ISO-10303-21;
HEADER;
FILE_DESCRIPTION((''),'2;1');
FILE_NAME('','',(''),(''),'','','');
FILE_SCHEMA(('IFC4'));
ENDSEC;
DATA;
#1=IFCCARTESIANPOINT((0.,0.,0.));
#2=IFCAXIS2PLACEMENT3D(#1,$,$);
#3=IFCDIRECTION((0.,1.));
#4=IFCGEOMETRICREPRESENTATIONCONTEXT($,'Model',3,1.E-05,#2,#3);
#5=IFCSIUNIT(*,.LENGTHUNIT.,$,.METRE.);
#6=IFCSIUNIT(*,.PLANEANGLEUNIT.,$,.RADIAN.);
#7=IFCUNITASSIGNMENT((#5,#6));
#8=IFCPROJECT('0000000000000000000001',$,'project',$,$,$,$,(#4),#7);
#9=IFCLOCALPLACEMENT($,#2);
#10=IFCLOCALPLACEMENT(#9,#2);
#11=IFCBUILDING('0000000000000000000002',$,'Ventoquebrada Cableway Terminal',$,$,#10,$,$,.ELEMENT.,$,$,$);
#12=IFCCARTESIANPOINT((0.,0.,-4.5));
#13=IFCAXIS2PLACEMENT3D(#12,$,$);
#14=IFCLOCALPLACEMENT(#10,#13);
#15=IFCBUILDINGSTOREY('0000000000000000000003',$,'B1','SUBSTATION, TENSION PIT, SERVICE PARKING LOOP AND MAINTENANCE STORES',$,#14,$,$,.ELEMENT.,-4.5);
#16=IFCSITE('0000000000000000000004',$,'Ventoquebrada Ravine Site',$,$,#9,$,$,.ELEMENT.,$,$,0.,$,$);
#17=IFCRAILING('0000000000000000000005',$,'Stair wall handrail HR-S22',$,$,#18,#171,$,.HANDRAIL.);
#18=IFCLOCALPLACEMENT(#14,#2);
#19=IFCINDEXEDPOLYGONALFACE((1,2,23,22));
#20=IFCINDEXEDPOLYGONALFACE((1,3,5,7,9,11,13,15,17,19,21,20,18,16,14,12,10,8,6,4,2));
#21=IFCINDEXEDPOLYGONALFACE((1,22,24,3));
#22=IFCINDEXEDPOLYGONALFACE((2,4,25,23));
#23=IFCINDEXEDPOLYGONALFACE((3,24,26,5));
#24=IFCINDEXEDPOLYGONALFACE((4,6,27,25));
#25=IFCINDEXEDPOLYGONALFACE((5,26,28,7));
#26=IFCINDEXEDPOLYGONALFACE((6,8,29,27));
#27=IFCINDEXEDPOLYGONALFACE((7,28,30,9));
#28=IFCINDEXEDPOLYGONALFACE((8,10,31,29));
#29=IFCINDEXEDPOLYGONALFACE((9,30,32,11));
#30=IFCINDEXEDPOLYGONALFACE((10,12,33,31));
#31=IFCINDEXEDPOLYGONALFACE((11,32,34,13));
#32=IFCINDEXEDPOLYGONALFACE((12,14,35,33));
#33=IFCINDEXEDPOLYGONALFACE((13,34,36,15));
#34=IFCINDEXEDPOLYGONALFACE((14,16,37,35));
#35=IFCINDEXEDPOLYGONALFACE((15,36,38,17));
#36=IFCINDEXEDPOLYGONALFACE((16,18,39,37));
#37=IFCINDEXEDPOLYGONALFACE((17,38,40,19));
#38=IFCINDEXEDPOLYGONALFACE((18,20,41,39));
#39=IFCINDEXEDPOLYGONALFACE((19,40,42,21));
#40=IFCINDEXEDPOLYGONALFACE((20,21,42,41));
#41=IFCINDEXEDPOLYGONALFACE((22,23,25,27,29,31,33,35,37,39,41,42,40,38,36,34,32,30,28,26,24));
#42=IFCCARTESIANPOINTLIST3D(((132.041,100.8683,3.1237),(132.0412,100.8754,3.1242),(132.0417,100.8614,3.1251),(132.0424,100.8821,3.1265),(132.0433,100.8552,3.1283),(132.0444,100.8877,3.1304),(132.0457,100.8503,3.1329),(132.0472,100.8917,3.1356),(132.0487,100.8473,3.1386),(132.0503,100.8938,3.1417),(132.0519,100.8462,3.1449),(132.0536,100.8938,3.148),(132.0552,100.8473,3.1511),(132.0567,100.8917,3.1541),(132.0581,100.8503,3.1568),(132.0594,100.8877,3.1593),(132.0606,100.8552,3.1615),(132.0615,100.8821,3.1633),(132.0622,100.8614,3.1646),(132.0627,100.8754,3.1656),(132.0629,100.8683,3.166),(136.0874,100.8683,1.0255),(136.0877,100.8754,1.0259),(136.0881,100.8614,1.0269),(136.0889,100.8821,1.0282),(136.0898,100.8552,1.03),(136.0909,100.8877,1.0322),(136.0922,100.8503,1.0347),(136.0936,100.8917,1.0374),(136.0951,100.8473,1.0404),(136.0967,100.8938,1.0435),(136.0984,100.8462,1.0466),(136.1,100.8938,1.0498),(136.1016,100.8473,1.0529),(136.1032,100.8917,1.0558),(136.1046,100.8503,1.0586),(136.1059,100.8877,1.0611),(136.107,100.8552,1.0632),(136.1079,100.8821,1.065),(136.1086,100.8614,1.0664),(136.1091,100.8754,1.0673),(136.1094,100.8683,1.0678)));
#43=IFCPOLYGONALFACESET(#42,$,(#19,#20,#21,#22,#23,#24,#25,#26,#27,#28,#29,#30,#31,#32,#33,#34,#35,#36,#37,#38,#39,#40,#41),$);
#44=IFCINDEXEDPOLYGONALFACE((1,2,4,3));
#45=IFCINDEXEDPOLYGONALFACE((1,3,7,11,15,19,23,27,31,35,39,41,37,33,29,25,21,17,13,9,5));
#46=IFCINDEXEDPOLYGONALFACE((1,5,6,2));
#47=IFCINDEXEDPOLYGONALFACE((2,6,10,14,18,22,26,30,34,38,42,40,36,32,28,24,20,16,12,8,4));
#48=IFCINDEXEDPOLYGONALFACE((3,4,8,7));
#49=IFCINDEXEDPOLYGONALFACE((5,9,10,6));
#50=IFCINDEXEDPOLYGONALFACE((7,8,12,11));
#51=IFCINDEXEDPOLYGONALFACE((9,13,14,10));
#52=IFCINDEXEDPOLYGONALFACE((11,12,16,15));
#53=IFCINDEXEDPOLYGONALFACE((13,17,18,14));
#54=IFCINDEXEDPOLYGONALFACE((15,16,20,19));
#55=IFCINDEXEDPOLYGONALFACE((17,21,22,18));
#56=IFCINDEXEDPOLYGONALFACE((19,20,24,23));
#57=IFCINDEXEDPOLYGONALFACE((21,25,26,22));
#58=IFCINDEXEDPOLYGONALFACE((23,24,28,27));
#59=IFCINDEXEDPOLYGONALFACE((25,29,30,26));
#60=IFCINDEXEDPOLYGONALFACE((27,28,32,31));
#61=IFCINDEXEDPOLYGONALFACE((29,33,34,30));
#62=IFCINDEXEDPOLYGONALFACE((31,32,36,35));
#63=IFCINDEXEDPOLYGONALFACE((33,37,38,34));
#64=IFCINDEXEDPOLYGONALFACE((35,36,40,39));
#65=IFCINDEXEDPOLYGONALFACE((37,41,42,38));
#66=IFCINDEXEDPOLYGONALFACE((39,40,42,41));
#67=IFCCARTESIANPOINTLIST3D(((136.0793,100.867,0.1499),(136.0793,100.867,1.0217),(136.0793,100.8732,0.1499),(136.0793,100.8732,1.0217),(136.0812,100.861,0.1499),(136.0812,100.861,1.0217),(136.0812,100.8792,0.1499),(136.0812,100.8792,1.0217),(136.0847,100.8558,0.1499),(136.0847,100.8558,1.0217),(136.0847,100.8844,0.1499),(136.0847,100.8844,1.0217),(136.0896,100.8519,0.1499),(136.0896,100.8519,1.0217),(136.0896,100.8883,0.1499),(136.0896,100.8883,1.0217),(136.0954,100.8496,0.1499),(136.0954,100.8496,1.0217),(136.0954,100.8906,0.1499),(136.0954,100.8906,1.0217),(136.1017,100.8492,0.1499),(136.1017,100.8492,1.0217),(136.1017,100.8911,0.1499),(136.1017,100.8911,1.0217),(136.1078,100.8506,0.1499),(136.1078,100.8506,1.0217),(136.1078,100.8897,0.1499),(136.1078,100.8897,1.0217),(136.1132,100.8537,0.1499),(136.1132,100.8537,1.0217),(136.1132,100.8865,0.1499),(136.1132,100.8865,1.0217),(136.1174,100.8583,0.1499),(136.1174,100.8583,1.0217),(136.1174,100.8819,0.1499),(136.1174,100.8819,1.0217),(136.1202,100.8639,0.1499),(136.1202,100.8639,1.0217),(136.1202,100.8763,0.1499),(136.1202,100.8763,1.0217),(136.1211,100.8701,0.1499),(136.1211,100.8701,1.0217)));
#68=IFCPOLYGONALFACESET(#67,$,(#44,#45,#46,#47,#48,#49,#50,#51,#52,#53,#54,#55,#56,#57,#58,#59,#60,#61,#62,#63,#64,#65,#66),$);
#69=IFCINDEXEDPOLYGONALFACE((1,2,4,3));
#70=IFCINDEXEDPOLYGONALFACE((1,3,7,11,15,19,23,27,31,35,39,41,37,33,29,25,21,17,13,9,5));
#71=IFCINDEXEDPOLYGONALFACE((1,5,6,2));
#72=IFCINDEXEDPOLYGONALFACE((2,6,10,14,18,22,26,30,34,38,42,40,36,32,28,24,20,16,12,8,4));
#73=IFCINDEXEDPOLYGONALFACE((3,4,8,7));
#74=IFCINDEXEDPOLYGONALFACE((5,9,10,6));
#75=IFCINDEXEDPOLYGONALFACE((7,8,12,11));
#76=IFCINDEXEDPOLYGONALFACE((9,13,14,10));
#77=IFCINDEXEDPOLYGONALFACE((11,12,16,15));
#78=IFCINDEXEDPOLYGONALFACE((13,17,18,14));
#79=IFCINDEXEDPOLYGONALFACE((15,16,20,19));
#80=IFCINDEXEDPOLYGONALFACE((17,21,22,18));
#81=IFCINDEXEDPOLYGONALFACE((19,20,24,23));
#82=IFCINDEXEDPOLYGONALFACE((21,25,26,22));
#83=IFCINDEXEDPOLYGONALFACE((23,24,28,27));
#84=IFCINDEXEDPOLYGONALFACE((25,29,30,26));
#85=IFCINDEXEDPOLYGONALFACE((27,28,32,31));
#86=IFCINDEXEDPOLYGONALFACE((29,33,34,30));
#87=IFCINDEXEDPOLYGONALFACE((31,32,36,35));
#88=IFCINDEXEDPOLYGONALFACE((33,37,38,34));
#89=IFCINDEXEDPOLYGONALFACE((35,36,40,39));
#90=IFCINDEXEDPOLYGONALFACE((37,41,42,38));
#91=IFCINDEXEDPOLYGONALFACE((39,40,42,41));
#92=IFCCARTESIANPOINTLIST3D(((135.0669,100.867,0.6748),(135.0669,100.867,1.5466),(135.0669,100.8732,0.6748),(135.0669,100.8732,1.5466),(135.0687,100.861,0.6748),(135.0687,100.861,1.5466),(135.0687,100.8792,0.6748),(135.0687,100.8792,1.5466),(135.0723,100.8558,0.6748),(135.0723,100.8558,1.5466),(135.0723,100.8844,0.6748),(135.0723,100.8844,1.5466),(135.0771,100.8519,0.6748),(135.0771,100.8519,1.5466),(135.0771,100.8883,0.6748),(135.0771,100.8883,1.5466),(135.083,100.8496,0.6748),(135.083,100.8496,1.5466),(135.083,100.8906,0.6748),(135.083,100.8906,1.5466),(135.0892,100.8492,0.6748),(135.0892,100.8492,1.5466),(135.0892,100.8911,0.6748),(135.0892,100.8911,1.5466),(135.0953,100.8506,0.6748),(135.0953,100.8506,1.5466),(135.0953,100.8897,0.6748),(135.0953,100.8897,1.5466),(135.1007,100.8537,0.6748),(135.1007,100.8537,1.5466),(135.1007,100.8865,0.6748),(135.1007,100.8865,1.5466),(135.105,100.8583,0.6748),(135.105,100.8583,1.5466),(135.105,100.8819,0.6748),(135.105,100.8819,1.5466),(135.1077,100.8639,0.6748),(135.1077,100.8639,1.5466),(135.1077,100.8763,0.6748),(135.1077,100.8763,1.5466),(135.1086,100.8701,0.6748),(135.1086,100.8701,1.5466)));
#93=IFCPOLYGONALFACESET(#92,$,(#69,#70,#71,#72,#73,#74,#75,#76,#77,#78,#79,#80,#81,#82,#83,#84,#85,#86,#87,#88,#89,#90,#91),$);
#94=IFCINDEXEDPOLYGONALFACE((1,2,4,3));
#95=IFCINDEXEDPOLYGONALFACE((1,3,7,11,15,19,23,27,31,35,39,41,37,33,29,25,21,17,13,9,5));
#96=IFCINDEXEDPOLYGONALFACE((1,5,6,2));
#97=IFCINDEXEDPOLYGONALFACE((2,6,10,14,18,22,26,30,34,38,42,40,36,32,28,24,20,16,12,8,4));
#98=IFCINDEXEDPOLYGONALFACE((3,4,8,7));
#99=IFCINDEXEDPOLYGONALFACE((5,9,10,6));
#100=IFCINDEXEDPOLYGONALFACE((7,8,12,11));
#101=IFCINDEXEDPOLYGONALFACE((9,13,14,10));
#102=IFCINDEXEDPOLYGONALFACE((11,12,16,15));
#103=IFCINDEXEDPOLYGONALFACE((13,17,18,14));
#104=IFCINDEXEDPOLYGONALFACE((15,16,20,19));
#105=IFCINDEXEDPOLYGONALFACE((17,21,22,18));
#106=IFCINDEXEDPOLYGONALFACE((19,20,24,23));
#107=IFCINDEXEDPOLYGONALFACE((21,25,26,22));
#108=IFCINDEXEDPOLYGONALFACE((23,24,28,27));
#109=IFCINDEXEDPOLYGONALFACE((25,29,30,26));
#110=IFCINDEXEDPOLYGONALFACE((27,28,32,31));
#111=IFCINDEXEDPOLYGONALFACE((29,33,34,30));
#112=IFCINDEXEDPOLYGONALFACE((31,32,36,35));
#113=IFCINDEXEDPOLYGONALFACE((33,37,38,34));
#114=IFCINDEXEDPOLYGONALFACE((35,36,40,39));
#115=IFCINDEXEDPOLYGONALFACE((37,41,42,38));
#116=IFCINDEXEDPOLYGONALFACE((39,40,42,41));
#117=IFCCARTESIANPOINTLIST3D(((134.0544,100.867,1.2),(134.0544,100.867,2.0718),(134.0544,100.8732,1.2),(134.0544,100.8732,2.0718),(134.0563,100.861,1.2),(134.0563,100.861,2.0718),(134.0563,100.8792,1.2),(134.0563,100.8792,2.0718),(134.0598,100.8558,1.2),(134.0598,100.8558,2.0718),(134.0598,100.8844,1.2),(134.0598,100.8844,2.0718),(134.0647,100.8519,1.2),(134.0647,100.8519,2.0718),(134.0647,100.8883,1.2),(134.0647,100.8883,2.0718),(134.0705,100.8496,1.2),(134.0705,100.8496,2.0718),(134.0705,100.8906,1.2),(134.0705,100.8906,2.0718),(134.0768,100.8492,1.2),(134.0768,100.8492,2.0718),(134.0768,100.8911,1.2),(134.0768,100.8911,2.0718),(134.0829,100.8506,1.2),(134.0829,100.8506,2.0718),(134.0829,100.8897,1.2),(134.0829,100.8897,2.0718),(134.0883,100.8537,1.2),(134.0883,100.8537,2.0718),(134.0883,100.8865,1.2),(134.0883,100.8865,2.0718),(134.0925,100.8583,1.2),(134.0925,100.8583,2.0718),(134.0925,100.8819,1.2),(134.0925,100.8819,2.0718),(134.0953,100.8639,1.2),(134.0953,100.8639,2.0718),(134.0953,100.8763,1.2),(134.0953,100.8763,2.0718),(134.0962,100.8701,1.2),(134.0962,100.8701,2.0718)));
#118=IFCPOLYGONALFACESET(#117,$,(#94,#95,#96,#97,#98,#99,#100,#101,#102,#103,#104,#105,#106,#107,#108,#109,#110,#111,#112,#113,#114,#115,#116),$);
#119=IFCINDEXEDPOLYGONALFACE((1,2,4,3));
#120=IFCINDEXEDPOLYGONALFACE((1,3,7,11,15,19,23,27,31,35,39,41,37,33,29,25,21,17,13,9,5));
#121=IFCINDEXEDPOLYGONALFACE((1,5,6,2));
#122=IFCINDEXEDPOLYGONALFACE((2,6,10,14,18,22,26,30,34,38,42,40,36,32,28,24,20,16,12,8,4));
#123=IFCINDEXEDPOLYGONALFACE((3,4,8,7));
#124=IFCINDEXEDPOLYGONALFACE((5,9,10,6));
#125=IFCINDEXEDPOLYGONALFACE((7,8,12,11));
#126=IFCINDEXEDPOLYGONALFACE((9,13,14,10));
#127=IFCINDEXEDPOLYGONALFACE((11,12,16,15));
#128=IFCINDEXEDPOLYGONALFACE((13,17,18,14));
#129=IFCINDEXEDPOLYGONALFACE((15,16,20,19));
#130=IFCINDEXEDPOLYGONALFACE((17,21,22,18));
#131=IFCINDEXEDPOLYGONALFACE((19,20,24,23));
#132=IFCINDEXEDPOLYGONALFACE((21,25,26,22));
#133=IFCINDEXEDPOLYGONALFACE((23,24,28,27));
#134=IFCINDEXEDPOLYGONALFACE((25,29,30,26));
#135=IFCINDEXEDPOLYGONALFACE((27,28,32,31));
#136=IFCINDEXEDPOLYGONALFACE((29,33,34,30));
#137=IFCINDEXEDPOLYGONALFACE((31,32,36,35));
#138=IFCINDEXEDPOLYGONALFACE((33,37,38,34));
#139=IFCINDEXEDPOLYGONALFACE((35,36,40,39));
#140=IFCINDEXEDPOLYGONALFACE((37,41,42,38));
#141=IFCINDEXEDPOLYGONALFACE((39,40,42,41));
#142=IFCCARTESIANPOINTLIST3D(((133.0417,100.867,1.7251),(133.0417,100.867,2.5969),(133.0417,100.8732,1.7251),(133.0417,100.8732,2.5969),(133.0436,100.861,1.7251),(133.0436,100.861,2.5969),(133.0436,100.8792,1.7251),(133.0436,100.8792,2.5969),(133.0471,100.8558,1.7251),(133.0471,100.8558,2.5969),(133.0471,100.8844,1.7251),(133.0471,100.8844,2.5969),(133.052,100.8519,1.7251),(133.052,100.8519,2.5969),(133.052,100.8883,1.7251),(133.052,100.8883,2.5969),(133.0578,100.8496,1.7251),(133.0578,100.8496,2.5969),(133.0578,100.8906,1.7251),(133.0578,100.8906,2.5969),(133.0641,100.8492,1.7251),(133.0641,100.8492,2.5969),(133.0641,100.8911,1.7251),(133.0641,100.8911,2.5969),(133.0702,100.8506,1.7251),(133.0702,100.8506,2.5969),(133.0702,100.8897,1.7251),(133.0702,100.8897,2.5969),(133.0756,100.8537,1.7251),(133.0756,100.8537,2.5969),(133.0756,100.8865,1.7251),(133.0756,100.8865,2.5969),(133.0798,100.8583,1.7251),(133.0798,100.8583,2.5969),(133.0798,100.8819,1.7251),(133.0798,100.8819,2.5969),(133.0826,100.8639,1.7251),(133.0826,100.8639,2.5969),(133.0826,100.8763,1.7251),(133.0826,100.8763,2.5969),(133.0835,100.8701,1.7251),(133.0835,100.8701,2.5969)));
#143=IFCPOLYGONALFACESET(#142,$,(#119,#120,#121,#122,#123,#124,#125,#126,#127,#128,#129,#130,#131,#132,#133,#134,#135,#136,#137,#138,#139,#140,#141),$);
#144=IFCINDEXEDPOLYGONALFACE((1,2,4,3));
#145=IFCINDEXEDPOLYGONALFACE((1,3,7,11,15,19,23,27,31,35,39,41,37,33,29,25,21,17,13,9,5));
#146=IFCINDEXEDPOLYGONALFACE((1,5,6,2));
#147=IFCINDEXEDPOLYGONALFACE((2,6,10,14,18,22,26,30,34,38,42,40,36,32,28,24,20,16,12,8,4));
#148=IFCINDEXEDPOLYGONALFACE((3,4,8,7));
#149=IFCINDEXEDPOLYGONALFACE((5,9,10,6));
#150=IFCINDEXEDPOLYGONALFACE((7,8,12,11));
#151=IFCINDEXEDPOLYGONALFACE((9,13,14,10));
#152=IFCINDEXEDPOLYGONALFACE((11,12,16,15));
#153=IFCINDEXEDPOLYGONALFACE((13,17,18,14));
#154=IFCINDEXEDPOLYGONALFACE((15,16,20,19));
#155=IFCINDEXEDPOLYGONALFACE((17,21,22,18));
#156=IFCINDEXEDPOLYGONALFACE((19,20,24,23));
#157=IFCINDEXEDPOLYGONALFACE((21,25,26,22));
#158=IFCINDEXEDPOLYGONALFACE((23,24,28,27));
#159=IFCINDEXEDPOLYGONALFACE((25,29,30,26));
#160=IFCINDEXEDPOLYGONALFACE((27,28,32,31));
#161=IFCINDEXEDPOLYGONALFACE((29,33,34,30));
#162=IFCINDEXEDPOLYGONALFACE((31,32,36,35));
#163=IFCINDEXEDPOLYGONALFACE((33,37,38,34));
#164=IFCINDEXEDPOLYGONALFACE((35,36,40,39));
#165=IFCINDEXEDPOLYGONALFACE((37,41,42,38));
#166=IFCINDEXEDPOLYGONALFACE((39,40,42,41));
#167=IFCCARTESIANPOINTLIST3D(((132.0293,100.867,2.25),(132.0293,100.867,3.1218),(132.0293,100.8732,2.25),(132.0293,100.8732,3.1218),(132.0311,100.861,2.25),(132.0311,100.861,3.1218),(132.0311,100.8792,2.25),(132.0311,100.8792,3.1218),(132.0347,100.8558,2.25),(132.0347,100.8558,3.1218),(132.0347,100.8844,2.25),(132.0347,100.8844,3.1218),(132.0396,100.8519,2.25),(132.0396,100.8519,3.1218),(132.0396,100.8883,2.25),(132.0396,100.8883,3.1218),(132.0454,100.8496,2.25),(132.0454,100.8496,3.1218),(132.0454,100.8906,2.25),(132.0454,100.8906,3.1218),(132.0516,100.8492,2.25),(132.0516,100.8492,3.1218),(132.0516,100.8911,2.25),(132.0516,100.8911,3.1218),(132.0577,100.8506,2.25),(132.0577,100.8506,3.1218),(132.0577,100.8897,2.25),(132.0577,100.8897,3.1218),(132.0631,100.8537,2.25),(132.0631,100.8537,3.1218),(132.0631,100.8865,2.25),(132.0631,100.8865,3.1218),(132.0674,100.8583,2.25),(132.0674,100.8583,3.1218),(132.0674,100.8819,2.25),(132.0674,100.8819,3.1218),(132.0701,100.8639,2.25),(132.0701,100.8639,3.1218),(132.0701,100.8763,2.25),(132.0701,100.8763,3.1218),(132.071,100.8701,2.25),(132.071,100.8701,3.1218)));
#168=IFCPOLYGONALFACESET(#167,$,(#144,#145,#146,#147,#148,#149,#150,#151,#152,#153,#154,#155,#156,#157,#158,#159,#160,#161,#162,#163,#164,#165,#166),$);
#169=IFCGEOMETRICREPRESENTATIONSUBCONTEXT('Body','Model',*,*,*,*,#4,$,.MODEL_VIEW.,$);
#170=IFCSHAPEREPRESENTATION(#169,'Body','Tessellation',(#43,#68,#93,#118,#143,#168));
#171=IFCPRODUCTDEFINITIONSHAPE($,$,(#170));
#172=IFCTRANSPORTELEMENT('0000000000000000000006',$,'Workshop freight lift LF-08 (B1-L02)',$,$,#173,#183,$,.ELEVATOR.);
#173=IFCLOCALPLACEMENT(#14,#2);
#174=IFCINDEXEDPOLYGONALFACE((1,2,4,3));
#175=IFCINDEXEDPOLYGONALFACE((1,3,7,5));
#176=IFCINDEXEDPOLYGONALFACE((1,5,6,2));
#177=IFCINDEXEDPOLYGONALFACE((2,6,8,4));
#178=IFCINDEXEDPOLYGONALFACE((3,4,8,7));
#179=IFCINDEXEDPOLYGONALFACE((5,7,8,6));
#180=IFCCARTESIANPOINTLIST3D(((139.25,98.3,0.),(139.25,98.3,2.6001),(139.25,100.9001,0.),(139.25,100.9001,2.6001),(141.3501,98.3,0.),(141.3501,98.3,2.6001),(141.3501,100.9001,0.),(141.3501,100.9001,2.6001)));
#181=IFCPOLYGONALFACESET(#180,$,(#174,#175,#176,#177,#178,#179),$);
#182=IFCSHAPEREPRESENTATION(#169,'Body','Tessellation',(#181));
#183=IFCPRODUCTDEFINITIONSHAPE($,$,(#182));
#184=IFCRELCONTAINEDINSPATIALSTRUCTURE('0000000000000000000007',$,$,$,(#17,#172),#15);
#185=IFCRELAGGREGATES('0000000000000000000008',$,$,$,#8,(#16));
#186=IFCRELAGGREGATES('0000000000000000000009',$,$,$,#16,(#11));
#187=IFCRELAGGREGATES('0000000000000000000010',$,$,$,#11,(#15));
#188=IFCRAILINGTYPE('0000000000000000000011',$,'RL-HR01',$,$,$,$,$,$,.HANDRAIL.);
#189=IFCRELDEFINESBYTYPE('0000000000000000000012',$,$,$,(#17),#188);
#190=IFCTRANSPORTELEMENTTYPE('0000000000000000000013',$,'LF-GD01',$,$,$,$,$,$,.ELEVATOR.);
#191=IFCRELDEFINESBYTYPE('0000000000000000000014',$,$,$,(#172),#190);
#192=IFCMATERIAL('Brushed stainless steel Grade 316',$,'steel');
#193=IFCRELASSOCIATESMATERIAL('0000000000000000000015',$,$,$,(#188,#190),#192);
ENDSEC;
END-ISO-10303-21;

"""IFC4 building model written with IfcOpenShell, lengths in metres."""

from ifc_helpers import new_model, si_unit, direction, frame, origin, origin_2d, place, context, subcontext, project, spatial, rectangle, circle, extrude, material, type_object, element, save


model = new_model("IFC4")

# Units and contexts
model_context = context("Model", 3, precision=1e-05, world=origin(), true_north=direction((0.0, 1.0)))
body_context = subcontext(model_context, "Body", "Model", "MODEL_VIEW")
ifc_project = project(units=[si_unit("LENGTHUNIT", "METRE"), si_unit("PLANEANGLEUNIT", "RADIAN")], contexts=[model_context])

# Site, building, storey
site_placement = place(None, origin())
site = spatial("IfcSite", under=ifc_project, at=site_placement, Name="Ventoquebrada Ravine Site", CompositionType="ELEMENT", RefElevation=0.0)
building_placement = place(site_placement, origin())
building = spatial("IfcBuilding", under=site, at=building_placement, Name="Ventoquebrada Cableway Terminal", CompositionType="ELEMENT")
storey_placement = place(building_placement, frame((0.0, 0.0, -4.5)))
storey = spatial("IfcBuildingStorey", under=building, at=storey_placement, Name="B1", Description="SUBSTATION, TENSION PIT, SERVICE PARKING LOOP AND MAINTENANCE STORES", CompositionType="ELEMENT", Elevation=-4.5)

# Railing
ifc_material_1 = material(Name="Brushed stainless steel Grade 316", Category="steel")
railing_type_1 = type_object("IfcRailingType", Name="RL-HR01", PredefinedType="HANDRAIL", material=ifc_material_1)
railing_1_placement = place(storey_placement, frame((136.1001, 100.8701, 0.1499)))
element("IfcRailing", 1, at=railing_1_placement, inside=storey, type_object=railing_type_1, Name="Stair wall handrail HR-S22", PredefinedType="HANDRAIL", context=body_context, shape_type="SweptSolid", body=[
    extrude(circle(Radius=0.0239, at=origin_2d()), frame((-0.0017, 0.0, 0.8967), z_axis=(-0.887748, 0.0, 0.46033), x_axis=(0.0, -1.0, 0.0)), (0.0, 0.0, 1.0), 4.5581),
    extrude(circle(Radius=0.021, at=origin_2d()), origin(), (0.0, 0.0, 1.0), 0.8718),
    extrude(circle(Radius=0.021, at=origin_2d()), frame((-1.0125, 0.0, 0.5249)), (0.0, 0.0, 1.0), 0.8718),
    extrude(circle(Radius=0.021, at=origin_2d()), frame((-2.0249, 0.0, 1.05)), (0.0, 0.0, 1.0), 0.8718),
    extrude(circle(Radius=0.021, at=origin_2d()), frame((-3.0376, 0.0, 1.5752)), (0.0, 0.0, 1.0), 0.8718),
    extrude(circle(Radius=0.021, at=origin_2d()), frame((-4.05, 0.0, 2.1001)), (0.0, 0.0, 1.0), 0.8718),
])

# Transport element
transport_element_type = type_object("IfcTransportElementType", Name="LF-GD01", PredefinedType="ELEVATOR", material=ifc_material_1)
transport_element_placement = place(storey_placement, frame((140.3, 99.6001, 0.0), z_axis=(0.0, 0.0, 1.0), x_axis=(1.0, 0.0, 0.0)))
element("IfcTransportElement", 2, at=transport_element_placement, inside=storey, type_object=transport_element_type, Name="Workshop freight lift LF-08 (B1-L02)", PredefinedType="ELEVATOR", context=body_context, shape_type="SweptSolid", body=[
    extrude(rectangle(XDim=2.1001, YDim=2.6001, at=origin_2d()), origin(), (0.0, 0.0, 1.0), 2.6001),
])

save(model, "model.ifc")
